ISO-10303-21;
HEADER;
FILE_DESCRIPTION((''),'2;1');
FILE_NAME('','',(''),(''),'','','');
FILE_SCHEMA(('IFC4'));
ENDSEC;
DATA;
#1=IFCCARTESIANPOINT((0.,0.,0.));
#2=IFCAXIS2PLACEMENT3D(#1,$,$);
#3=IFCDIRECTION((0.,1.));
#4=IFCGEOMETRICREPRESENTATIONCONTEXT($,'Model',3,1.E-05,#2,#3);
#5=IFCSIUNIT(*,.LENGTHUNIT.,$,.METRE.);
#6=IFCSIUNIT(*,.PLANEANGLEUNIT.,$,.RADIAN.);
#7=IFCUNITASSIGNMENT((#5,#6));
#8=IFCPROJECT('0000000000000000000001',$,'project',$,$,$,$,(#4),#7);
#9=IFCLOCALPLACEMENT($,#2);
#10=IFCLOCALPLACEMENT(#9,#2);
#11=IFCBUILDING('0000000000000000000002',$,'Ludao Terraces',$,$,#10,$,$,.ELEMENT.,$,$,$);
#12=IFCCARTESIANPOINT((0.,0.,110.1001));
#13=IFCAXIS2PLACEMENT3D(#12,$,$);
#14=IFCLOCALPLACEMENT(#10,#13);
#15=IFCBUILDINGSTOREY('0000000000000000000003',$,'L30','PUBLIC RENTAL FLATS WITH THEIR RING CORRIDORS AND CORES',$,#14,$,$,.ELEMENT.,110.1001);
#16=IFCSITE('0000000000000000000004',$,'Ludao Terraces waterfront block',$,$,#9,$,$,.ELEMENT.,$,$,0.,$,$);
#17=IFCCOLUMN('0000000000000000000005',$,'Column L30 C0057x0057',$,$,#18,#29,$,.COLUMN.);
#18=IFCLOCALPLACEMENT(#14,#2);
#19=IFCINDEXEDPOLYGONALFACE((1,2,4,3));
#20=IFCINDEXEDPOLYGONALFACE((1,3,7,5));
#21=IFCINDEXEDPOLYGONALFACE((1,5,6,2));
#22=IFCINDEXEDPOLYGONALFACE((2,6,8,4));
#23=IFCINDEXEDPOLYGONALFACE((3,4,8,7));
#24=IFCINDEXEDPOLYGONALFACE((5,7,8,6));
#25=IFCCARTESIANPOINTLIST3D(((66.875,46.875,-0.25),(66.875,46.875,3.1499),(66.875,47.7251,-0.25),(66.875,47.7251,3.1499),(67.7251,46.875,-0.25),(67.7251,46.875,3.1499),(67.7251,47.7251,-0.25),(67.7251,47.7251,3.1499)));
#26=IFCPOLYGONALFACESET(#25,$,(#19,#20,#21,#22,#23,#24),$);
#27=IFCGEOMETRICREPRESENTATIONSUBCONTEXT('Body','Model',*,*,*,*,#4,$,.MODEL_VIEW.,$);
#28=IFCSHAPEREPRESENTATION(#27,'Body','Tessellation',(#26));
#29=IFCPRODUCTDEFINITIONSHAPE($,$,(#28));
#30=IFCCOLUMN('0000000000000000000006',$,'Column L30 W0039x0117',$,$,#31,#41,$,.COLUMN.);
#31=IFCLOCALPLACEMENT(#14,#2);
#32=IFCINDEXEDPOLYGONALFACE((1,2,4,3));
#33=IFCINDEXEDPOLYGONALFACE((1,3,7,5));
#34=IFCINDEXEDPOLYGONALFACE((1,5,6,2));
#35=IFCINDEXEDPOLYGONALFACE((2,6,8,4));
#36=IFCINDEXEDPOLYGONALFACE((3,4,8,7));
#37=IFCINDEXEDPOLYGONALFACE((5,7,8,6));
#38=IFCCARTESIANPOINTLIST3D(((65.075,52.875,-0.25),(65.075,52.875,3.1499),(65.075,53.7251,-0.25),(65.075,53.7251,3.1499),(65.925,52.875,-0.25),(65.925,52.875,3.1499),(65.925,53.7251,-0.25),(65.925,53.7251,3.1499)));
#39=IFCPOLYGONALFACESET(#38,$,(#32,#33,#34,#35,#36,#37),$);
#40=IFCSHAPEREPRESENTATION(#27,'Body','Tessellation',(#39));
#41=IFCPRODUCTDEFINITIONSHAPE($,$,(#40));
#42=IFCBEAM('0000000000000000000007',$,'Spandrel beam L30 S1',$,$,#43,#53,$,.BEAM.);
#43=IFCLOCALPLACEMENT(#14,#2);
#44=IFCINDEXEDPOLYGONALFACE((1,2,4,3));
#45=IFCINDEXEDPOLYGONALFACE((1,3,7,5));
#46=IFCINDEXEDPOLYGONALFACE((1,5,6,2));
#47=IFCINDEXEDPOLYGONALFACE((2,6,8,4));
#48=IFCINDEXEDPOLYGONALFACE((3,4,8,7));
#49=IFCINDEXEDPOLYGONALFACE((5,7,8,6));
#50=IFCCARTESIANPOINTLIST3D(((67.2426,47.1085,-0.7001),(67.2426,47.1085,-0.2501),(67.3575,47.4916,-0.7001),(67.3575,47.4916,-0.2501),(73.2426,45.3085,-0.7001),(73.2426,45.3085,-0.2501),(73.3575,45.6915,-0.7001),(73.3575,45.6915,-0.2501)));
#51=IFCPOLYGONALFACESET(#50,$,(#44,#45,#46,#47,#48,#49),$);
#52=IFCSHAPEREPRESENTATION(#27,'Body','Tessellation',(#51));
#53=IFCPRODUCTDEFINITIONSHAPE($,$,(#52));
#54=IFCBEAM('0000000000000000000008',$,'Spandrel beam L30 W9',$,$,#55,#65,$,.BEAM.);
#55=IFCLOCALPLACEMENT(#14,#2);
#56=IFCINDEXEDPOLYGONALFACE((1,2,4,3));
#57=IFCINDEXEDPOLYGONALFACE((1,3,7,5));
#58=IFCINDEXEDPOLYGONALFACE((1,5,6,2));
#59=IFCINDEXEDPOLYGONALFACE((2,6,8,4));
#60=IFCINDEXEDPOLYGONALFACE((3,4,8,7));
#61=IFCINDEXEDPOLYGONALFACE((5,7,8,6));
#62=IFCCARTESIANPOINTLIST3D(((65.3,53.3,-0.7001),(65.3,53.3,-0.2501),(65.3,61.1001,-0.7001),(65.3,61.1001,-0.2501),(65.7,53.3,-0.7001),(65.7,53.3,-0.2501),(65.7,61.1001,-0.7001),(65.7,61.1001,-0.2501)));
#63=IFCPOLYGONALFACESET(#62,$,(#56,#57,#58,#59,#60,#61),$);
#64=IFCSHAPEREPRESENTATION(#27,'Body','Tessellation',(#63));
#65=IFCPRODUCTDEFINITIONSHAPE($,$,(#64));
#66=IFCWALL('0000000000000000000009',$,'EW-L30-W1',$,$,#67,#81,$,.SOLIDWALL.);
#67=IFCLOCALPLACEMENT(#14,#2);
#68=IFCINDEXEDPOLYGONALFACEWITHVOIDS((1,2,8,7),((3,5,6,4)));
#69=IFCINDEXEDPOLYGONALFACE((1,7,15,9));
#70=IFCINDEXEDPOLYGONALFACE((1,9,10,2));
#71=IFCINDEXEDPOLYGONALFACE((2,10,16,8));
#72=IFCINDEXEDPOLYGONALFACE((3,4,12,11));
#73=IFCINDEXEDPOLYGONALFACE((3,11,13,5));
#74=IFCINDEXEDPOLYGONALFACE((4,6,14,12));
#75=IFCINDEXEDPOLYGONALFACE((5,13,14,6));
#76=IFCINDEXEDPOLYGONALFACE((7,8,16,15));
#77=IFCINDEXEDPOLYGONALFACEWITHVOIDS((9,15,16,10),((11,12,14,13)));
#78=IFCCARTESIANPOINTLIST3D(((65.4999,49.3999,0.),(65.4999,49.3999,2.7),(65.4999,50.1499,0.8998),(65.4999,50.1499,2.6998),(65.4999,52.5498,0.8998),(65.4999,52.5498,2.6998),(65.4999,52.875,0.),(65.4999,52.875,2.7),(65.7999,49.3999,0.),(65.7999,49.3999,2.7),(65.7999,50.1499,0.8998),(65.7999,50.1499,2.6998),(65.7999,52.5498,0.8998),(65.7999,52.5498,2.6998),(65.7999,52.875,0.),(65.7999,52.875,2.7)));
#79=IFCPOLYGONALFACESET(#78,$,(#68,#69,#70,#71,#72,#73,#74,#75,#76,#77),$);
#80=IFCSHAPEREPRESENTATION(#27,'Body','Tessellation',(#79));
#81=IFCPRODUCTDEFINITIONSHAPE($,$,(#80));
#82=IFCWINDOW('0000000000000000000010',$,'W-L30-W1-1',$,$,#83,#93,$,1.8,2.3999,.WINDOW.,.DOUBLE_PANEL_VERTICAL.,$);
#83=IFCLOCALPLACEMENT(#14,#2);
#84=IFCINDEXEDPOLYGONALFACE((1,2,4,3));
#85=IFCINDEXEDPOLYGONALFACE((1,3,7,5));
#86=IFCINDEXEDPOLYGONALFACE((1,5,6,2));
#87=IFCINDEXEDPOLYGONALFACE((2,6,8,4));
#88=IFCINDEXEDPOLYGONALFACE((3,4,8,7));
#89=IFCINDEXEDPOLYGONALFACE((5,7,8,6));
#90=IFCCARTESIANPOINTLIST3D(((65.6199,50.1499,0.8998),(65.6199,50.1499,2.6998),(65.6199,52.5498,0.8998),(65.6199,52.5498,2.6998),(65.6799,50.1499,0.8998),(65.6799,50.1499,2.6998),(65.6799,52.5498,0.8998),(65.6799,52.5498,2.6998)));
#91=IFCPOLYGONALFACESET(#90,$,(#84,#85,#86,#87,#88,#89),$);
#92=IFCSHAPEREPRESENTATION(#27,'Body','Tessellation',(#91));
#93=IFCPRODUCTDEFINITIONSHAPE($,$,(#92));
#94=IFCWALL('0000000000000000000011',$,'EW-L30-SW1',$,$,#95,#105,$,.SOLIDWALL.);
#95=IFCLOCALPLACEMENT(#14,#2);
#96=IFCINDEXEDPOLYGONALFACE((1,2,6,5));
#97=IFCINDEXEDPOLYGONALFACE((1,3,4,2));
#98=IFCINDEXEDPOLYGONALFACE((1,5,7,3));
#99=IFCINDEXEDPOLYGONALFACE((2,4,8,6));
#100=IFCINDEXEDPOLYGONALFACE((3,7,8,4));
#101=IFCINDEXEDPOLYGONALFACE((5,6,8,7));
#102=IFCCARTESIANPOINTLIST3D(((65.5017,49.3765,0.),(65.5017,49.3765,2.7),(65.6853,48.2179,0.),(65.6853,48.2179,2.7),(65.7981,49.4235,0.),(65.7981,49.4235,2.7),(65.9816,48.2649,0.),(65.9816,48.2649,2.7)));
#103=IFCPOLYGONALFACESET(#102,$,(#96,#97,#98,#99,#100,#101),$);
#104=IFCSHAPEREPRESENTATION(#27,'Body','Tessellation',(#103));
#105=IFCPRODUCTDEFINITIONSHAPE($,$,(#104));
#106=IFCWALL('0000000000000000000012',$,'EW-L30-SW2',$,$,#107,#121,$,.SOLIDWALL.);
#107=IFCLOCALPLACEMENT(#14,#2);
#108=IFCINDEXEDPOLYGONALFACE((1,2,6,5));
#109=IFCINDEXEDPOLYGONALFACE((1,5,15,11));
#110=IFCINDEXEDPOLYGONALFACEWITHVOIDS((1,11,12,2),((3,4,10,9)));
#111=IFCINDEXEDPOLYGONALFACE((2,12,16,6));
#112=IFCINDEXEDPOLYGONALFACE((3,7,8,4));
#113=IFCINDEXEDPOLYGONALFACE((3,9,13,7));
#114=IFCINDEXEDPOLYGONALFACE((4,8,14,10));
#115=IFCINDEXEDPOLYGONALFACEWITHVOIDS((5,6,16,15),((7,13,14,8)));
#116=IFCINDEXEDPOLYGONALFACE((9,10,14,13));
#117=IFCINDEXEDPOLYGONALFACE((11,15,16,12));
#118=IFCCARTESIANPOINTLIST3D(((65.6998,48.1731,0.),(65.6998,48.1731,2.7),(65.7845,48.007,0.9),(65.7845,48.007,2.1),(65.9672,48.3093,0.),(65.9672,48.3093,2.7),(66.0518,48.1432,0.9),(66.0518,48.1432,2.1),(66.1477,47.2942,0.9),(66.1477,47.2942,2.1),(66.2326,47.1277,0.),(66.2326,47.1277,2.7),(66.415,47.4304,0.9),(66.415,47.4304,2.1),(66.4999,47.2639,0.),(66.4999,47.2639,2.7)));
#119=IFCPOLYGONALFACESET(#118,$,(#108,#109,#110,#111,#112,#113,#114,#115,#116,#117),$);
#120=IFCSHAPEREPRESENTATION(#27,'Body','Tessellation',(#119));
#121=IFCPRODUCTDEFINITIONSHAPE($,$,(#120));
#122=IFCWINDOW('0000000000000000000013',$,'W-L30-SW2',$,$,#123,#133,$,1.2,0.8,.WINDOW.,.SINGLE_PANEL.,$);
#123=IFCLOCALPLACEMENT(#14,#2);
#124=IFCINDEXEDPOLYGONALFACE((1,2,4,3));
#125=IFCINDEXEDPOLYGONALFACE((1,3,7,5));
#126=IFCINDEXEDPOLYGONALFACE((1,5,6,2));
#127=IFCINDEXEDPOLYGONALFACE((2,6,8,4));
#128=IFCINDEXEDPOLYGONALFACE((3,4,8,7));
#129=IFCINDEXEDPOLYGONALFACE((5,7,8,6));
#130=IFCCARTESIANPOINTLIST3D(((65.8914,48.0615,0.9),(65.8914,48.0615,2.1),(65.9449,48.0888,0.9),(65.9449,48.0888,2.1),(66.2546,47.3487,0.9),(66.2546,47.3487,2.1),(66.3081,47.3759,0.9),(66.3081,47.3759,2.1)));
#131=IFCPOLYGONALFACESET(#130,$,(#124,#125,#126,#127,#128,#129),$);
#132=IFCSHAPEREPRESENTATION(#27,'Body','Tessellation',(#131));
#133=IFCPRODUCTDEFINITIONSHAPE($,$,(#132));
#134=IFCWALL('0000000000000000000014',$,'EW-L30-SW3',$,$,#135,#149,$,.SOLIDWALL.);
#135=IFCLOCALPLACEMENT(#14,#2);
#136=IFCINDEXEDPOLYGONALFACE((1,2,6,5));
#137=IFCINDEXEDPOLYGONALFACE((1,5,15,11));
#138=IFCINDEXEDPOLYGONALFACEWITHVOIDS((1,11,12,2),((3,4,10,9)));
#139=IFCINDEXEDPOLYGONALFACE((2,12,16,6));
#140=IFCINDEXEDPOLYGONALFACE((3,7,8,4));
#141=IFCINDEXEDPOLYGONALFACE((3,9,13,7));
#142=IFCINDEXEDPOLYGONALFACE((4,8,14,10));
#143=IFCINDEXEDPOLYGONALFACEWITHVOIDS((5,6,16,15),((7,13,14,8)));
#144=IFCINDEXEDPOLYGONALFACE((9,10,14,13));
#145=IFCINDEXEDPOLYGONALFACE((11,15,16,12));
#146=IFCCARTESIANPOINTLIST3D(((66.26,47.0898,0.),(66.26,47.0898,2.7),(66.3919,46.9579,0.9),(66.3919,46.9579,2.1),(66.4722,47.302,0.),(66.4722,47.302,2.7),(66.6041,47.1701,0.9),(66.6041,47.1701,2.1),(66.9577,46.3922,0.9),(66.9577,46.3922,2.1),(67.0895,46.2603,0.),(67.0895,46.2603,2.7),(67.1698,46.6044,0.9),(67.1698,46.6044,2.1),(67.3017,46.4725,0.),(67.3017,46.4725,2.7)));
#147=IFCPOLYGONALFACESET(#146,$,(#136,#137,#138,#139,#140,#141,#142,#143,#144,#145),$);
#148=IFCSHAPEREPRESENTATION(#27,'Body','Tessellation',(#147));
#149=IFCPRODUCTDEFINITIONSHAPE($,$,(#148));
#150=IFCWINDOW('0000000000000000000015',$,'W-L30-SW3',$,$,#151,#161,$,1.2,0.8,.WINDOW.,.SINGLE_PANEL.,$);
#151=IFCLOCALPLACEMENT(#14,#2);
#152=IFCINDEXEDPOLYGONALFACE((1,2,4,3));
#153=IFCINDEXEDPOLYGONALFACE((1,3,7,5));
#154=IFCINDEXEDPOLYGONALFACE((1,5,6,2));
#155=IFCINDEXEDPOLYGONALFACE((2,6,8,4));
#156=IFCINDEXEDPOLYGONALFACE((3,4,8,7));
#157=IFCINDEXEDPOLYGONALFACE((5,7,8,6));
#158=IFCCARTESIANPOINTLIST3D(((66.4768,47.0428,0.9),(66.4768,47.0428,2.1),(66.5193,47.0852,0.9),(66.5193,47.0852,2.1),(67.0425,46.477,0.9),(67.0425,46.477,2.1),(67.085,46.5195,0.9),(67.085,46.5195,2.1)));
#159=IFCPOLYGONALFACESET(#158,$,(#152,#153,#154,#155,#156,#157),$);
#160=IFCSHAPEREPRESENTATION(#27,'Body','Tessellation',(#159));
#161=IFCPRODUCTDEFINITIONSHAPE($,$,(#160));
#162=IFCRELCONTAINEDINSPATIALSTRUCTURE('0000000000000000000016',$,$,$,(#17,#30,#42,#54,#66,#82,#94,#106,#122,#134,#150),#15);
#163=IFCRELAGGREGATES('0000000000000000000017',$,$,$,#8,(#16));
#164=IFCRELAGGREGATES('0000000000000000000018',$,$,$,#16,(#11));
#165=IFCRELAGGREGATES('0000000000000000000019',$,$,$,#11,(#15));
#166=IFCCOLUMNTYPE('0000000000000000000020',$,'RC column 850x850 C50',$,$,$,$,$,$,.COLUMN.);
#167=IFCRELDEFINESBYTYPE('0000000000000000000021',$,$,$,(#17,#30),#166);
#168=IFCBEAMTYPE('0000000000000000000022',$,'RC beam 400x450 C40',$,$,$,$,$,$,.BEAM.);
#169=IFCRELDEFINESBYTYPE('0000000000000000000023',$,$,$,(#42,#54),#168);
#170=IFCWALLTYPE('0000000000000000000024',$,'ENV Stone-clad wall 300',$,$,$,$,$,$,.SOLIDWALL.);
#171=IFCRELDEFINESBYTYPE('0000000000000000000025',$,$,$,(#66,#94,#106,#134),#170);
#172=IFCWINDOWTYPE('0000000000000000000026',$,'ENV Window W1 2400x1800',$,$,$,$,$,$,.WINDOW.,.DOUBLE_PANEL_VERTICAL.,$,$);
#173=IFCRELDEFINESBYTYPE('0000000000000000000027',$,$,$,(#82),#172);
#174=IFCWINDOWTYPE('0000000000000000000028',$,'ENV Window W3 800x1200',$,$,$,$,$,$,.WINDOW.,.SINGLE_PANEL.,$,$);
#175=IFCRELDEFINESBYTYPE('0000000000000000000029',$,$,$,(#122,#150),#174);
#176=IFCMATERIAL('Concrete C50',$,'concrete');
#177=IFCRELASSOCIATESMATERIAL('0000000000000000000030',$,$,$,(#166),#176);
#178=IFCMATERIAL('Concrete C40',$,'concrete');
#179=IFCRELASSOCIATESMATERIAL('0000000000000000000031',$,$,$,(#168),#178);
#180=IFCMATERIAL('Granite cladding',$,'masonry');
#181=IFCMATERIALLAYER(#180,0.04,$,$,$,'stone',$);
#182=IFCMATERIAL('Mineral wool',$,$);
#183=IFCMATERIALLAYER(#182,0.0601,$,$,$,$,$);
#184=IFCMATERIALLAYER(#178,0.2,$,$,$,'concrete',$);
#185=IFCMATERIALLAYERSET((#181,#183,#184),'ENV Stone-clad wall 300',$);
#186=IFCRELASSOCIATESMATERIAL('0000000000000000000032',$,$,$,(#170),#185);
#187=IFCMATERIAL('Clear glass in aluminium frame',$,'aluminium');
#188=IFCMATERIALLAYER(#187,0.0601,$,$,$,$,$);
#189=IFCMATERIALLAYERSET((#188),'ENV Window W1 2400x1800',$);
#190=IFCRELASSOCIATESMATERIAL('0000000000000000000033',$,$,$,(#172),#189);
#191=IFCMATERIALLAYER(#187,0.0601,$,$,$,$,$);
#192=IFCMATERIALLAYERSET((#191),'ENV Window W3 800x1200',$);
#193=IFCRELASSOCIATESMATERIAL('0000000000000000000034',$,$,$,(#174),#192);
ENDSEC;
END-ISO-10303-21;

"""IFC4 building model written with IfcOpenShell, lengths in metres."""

from ifc_helpers import new_model, si_unit, direction, frame, frame_2d, origin, origin_2d, place, context, subcontext, project, spatial, rectangle, extrude, material, layer, layer_set, material_profile, profile_set, type_object, element, fill, save


model = new_model("IFC4")

# Units and contexts
model_context = context("Model", 3, precision=1e-05, world=origin(), true_north=direction((0.0, 1.0)))
body_context = subcontext(model_context, "Body", "Model", "MODEL_VIEW")
ifc_project = project(units=[si_unit("LENGTHUNIT", "METRE"), si_unit("PLANEANGLEUNIT", "RADIAN")], contexts=[model_context])

# Site, building, storey
site_placement = place(None, origin())
site = spatial("IfcSite", under=ifc_project, at=site_placement, Name="Ludao Terraces waterfront block", CompositionType="ELEMENT", RefElevation=0.0)
building_placement = place(site_placement, origin())
building = spatial("IfcBuilding", under=site, at=building_placement, Name="Ludao Terraces", CompositionType="ELEMENT")
storey_placement = place(building_placement, frame((0.0, 0.0, 110.1001)))
storey = spatial("IfcBuildingStorey", under=building, at=storey_placement, Name="L30", Description="PUBLIC RENTAL FLATS WITH THEIR RING CORRIDORS AND CORES", CompositionType="ELEMENT", Elevation=110.1001)

# Columns
ifc_material_1 = material(Name="Concrete C50", Category="concrete")
ifc_material_profile_1 = material_profile(ifc_material_1, rectangle(XDim=0.8501, YDim=0.8501, at=origin_2d()), Name="850 X 850")
ifc_profile_set_1 = profile_set([ifc_material_profile_1], Name="Concrete C50")
column_type = type_object("IfcColumnType", Name="RC column 850x850 C50", PredefinedType="COLUMN", material=ifc_profile_set_1)
for number, where, z_axis, x_axis, name in (
    (1, (67.3, 47.3, -0.25), (0.0, 0.0, 1.0), (1.0, 0.0, 0.0), "Column L30 C0057x0057"),
    (2, (65.5, 53.3, -0.25), (0.0, 0.0, 1.0), (1.0, 0.0, 0.0), "Column L30 W0039x0117"),
):
    element("IfcColumn", number, at=place(storey_placement, frame(where, z_axis=z_axis, x_axis=x_axis)), inside=storey, type_object=column_type, Name=name, PredefinedType="COLUMN", context=body_context, shape_type="SweptSolid", body=[
        extrude(rectangle(XDim=0.8501, YDim=0.8501, at=origin_2d()), origin(), (0.0, 0.0, 1.0), 3.3999),
    ])

# Beams
ifc_material_2 = material(Name="Concrete C40", Category="concrete")
ifc_material_profile_2 = material_profile(ifc_material_2, rectangle(XDim=0.3999, YDim=0.45, at=origin_2d()), Name="400 X 450")
ifc_profile_set_2 = profile_set([ifc_material_profile_2], Name="Concrete C40")
beam_type = type_object("IfcBeamType", Name="RC beam 400x450 C40", PredefinedType="BEAM", material=ifc_profile_set_2)
beam_1_placement = place(storey_placement, frame((67.3, 47.3, -0.4751), z_axis=(0.957824, -0.287355, 0.0), x_axis=(0.287355, 0.957824, 0.0)))
element("IfcBeam", 3, at=beam_1_placement, inside=storey, type_object=beam_type, Name="Spandrel beam L30 S1", PredefinedType="BEAM", context=body_context, shape_type="SweptSolid", body=[
    extrude(rectangle(XDim=0.3999, YDim=0.45, at=origin_2d()), origin(), (0.0, 0.0, 1.0), 6.2642),
])
beam_2_placement = place(storey_placement, frame((65.5, 53.3, -0.4751), z_axis=(0.0, 1.0, 0.0), x_axis=(-1.0, 0.0, 0.0)))
element("IfcBeam", 4, at=beam_2_placement, inside=storey, type_object=beam_type, Name="Spandrel beam L30 W9", PredefinedType="BEAM", context=body_context, shape_type="SweptSolid", body=[
    extrude(rectangle(XDim=0.3999, YDim=0.45, at=origin_2d()), origin(), (0.0, 0.0, 1.0), 7.8),
])

# Wall, opening, window
ifc_material_3 = material(Name="Granite cladding", Category="masonry")
ifc_layer_1 = layer(ifc_material_3, 0.04, Category="stone")
ifc_material_4 = material(Name="Mineral wool")
ifc_layer_2 = layer(ifc_material_4, 0.0601)
ifc_layer_3 = layer(ifc_material_2, 0.2, Category="concrete")
ifc_layer_set_1 = layer_set([ifc_layer_1, ifc_layer_2, ifc_layer_3], Name="ENV Stone-clad wall 300")
wall_type_1 = type_object("IfcWallType", Name="ENV Stone-clad wall 300", PredefinedType="SOLIDWALL", material=ifc_layer_set_1)
wall_1_placement = place(storey_placement, frame((65.6499, 49.3999, 0.0), z_axis=(0.0, 0.0, 1.0), x_axis=(0.0, 1.0, 0.0)))
wall_1 = element("IfcWall", 5, at=wall_1_placement, inside=storey, type_object=wall_type_1, Name="EW-L30-W1", PredefinedType="SOLIDWALL", context=body_context, shape_type="SweptSolid", body=[
    extrude(rectangle(XDim=3.4751, YDim=0.3, at=frame_2d((1.7375, 0.0))), origin(), (0.0, 0.0, 1.0), 2.7),
])
opening_1_placement = place(wall_1_placement, frame((0.75, 0.0, 0.8999)))
opening_1 = element("IfcOpeningElement", 6, at=opening_1_placement, cuts=wall_1, PredefinedType="OPENING", context=body_context, shape_type="SweptSolid", body=[
    extrude(rectangle(XDim=2.3999, YDim=1.8, at=frame_2d((1.2, 0.8999))), frame((0.0, 0.1602, 0.0), z_axis=(0.0, -1.0, 0.0), x_axis=(1.0, 0.0, 0.0)), (0.0, 0.0, 1.0), 0.3201),
])
ifc_material_5 = material(Name="Clear glass in aluminium frame", Category="aluminium")
ifc_layer_4 = layer(ifc_material_5, 0.0601)
ifc_layer_set_2 = layer_set([ifc_layer_4], Name="ENV Window W1 2400x1800")
window_type_1 = type_object("IfcWindowType", Name="ENV Window W1 2400x1800", PartitioningType="DOUBLE_PANEL_VERTICAL", PredefinedType="WINDOW", material=ifc_layer_set_2)
window_1_placement = place(opening_1_placement, origin())
window_1 = element("IfcWindow", 7, at=window_1_placement, inside=storey, type_object=window_type_1, Name="W-L30-W1-1", OverallHeight=1.8, OverallWidth=2.3999, PartitioningType="DOUBLE_PANEL_VERTICAL", PredefinedType="WINDOW", context=body_context, shape_type="SweptSolid", body=[
    extrude(rectangle(XDim=2.3999, YDim=1.8, at=frame_2d((1.2, 0.8999))), frame((0.0, 0.03, 0.0), z_axis=(0.0, -1.0, 0.0), x_axis=(1.0, 0.0, 0.0)), (0.0, 0.0, 1.0), 0.0601),
])
fill(opening_1, window_1)

# Wall
wall_2_placement = place(storey_placement, frame((65.6499, 49.3999, 0.0), z_axis=(0.0, 0.0, 1.0), x_axis=(0.156497, -0.987678, 0.0)))
element("IfcWall", 8, at=wall_2_placement, inside=storey, type_object=wall_type_1, Name="EW-L30-SW1", PredefinedType="SOLIDWALL", context=body_context, shape_type="SweptSolid", body=[
    extrude(rectangle(XDim=1.1731, YDim=0.3, at=frame_2d((0.5864, 0.0))), origin(), (0.0, 0.0, 1.0), 2.7),
])

# Walls, openings, windows
wall_3_placement = place(storey_placement, frame((65.8335, 48.2412, 0.0), z_axis=(0.0, 0.0, 1.0), x_axis=(0.454026, -0.890989, 0.0)))
wall_3 = element("IfcWall", 9, at=wall_3_placement, inside=storey, type_object=wall_type_1, Name="EW-L30-SW2", PredefinedType="SOLIDWALL", context=body_context, shape_type="SweptSolid", body=[
    extrude(rectangle(XDim=1.1733, YDim=0.3, at=frame_2d((0.5867, 0.0))), origin(), (0.0, 0.0, 1.0), 2.7),
])
opening_2_placement = place(wall_3_placement, frame((0.1865, 0.0, 0.8999)))
opening_2 = element("IfcOpeningElement", 10, at=opening_2_placement, cuts=wall_3, PredefinedType="OPENING", context=body_context, shape_type="SweptSolid", body=[
    extrude(rectangle(XDim=0.8, YDim=1.2, at=frame_2d((0.3999, 0.6001))), frame((0.0, 0.1602, 0.0), z_axis=(0.0, -1.0, 0.0), x_axis=(1.0, 0.0, 0.0)), (0.0, 0.0, 1.0), 0.3201),
])
ifc_layer_5 = layer(ifc_material_5, 0.0601)
ifc_layer_set_3 = layer_set([ifc_layer_5], Name="ENV Window W3 800x1200")
window_type_2 = type_object("IfcWindowType", Name="ENV Window W3 800x1200", PartitioningType="SINGLE_PANEL", PredefinedType="WINDOW", material=ifc_layer_set_3)
window_2_placement = place(opening_2_placement, origin())
window_2 = element("IfcWindow", 11, at=window_2_placement, inside=storey, type_object=window_type_2, Name="W-L30-SW2", OverallHeight=1.2, OverallWidth=0.8, PartitioningType="SINGLE_PANEL", PredefinedType="WINDOW", context=body_context, shape_type="SweptSolid", body=[
    extrude(rectangle(XDim=0.8, YDim=1.2, at=frame_2d((0.3999, 0.6001))), frame((0.0, 0.03, 0.0), z_axis=(0.0, -1.0, 0.0), x_axis=(1.0, 0.0, 0.0)), (0.0, 0.0, 1.0), 0.0601),
])
fill(opening_2, window_2)
wall_4_placement = place(storey_placement, frame((66.3662, 47.1958, 0.0), z_axis=(0.0, 0.0, 1.0), x_axis=(0.707107, -0.707107, 0.0)))
wall_4 = element("IfcWall", 12, at=wall_4_placement, inside=storey, type_object=wall_type_1, Name="EW-L30-SW3", PredefinedType="SOLIDWALL", context=body_context, shape_type="SweptSolid", body=[
    extrude(rectangle(XDim=1.1731, YDim=0.3, at=frame_2d((0.5864, 0.0))), origin(), (0.0, 0.0, 1.0), 2.7),
])
opening_3_placement = place(wall_4_placement, frame((0.1865, 0.0, 0.8999)))
opening_3 = element("IfcOpeningElement", 13, at=opening_3_placement, cuts=wall_4, PredefinedType="OPENING", context=body_context, shape_type="SweptSolid", body=[
    extrude(rectangle(XDim=0.8, YDim=1.2, at=frame_2d((0.3999, 0.6001))), frame((0.0, 0.1602, 0.0), z_axis=(0.0, -1.0, 0.0), x_axis=(1.0, 0.0, 0.0)), (0.0, 0.0, 1.0), 0.3201),
])
window_3_placement = place(opening_3_placement, origin())
window_3 = element("IfcWindow", 14, at=window_3_placement, inside=storey, type_object=window_type_2, Name="W-L30-SW3", OverallHeight=1.2, OverallWidth=0.8, PartitioningType="SINGLE_PANEL", PredefinedType="WINDOW", context=body_context, shape_type="SweptSolid", body=[
    extrude(rectangle(XDim=0.8, YDim=1.2, at=frame_2d((0.3999, 0.6001))), frame((0.0, 0.03, 0.0), z_axis=(0.0, -1.0, 0.0), x_axis=(1.0, 0.0, 0.0)), (0.0, 0.0, 1.0), 0.0601),
])
fill(opening_3, window_3)

save(model, "model.ifc")
